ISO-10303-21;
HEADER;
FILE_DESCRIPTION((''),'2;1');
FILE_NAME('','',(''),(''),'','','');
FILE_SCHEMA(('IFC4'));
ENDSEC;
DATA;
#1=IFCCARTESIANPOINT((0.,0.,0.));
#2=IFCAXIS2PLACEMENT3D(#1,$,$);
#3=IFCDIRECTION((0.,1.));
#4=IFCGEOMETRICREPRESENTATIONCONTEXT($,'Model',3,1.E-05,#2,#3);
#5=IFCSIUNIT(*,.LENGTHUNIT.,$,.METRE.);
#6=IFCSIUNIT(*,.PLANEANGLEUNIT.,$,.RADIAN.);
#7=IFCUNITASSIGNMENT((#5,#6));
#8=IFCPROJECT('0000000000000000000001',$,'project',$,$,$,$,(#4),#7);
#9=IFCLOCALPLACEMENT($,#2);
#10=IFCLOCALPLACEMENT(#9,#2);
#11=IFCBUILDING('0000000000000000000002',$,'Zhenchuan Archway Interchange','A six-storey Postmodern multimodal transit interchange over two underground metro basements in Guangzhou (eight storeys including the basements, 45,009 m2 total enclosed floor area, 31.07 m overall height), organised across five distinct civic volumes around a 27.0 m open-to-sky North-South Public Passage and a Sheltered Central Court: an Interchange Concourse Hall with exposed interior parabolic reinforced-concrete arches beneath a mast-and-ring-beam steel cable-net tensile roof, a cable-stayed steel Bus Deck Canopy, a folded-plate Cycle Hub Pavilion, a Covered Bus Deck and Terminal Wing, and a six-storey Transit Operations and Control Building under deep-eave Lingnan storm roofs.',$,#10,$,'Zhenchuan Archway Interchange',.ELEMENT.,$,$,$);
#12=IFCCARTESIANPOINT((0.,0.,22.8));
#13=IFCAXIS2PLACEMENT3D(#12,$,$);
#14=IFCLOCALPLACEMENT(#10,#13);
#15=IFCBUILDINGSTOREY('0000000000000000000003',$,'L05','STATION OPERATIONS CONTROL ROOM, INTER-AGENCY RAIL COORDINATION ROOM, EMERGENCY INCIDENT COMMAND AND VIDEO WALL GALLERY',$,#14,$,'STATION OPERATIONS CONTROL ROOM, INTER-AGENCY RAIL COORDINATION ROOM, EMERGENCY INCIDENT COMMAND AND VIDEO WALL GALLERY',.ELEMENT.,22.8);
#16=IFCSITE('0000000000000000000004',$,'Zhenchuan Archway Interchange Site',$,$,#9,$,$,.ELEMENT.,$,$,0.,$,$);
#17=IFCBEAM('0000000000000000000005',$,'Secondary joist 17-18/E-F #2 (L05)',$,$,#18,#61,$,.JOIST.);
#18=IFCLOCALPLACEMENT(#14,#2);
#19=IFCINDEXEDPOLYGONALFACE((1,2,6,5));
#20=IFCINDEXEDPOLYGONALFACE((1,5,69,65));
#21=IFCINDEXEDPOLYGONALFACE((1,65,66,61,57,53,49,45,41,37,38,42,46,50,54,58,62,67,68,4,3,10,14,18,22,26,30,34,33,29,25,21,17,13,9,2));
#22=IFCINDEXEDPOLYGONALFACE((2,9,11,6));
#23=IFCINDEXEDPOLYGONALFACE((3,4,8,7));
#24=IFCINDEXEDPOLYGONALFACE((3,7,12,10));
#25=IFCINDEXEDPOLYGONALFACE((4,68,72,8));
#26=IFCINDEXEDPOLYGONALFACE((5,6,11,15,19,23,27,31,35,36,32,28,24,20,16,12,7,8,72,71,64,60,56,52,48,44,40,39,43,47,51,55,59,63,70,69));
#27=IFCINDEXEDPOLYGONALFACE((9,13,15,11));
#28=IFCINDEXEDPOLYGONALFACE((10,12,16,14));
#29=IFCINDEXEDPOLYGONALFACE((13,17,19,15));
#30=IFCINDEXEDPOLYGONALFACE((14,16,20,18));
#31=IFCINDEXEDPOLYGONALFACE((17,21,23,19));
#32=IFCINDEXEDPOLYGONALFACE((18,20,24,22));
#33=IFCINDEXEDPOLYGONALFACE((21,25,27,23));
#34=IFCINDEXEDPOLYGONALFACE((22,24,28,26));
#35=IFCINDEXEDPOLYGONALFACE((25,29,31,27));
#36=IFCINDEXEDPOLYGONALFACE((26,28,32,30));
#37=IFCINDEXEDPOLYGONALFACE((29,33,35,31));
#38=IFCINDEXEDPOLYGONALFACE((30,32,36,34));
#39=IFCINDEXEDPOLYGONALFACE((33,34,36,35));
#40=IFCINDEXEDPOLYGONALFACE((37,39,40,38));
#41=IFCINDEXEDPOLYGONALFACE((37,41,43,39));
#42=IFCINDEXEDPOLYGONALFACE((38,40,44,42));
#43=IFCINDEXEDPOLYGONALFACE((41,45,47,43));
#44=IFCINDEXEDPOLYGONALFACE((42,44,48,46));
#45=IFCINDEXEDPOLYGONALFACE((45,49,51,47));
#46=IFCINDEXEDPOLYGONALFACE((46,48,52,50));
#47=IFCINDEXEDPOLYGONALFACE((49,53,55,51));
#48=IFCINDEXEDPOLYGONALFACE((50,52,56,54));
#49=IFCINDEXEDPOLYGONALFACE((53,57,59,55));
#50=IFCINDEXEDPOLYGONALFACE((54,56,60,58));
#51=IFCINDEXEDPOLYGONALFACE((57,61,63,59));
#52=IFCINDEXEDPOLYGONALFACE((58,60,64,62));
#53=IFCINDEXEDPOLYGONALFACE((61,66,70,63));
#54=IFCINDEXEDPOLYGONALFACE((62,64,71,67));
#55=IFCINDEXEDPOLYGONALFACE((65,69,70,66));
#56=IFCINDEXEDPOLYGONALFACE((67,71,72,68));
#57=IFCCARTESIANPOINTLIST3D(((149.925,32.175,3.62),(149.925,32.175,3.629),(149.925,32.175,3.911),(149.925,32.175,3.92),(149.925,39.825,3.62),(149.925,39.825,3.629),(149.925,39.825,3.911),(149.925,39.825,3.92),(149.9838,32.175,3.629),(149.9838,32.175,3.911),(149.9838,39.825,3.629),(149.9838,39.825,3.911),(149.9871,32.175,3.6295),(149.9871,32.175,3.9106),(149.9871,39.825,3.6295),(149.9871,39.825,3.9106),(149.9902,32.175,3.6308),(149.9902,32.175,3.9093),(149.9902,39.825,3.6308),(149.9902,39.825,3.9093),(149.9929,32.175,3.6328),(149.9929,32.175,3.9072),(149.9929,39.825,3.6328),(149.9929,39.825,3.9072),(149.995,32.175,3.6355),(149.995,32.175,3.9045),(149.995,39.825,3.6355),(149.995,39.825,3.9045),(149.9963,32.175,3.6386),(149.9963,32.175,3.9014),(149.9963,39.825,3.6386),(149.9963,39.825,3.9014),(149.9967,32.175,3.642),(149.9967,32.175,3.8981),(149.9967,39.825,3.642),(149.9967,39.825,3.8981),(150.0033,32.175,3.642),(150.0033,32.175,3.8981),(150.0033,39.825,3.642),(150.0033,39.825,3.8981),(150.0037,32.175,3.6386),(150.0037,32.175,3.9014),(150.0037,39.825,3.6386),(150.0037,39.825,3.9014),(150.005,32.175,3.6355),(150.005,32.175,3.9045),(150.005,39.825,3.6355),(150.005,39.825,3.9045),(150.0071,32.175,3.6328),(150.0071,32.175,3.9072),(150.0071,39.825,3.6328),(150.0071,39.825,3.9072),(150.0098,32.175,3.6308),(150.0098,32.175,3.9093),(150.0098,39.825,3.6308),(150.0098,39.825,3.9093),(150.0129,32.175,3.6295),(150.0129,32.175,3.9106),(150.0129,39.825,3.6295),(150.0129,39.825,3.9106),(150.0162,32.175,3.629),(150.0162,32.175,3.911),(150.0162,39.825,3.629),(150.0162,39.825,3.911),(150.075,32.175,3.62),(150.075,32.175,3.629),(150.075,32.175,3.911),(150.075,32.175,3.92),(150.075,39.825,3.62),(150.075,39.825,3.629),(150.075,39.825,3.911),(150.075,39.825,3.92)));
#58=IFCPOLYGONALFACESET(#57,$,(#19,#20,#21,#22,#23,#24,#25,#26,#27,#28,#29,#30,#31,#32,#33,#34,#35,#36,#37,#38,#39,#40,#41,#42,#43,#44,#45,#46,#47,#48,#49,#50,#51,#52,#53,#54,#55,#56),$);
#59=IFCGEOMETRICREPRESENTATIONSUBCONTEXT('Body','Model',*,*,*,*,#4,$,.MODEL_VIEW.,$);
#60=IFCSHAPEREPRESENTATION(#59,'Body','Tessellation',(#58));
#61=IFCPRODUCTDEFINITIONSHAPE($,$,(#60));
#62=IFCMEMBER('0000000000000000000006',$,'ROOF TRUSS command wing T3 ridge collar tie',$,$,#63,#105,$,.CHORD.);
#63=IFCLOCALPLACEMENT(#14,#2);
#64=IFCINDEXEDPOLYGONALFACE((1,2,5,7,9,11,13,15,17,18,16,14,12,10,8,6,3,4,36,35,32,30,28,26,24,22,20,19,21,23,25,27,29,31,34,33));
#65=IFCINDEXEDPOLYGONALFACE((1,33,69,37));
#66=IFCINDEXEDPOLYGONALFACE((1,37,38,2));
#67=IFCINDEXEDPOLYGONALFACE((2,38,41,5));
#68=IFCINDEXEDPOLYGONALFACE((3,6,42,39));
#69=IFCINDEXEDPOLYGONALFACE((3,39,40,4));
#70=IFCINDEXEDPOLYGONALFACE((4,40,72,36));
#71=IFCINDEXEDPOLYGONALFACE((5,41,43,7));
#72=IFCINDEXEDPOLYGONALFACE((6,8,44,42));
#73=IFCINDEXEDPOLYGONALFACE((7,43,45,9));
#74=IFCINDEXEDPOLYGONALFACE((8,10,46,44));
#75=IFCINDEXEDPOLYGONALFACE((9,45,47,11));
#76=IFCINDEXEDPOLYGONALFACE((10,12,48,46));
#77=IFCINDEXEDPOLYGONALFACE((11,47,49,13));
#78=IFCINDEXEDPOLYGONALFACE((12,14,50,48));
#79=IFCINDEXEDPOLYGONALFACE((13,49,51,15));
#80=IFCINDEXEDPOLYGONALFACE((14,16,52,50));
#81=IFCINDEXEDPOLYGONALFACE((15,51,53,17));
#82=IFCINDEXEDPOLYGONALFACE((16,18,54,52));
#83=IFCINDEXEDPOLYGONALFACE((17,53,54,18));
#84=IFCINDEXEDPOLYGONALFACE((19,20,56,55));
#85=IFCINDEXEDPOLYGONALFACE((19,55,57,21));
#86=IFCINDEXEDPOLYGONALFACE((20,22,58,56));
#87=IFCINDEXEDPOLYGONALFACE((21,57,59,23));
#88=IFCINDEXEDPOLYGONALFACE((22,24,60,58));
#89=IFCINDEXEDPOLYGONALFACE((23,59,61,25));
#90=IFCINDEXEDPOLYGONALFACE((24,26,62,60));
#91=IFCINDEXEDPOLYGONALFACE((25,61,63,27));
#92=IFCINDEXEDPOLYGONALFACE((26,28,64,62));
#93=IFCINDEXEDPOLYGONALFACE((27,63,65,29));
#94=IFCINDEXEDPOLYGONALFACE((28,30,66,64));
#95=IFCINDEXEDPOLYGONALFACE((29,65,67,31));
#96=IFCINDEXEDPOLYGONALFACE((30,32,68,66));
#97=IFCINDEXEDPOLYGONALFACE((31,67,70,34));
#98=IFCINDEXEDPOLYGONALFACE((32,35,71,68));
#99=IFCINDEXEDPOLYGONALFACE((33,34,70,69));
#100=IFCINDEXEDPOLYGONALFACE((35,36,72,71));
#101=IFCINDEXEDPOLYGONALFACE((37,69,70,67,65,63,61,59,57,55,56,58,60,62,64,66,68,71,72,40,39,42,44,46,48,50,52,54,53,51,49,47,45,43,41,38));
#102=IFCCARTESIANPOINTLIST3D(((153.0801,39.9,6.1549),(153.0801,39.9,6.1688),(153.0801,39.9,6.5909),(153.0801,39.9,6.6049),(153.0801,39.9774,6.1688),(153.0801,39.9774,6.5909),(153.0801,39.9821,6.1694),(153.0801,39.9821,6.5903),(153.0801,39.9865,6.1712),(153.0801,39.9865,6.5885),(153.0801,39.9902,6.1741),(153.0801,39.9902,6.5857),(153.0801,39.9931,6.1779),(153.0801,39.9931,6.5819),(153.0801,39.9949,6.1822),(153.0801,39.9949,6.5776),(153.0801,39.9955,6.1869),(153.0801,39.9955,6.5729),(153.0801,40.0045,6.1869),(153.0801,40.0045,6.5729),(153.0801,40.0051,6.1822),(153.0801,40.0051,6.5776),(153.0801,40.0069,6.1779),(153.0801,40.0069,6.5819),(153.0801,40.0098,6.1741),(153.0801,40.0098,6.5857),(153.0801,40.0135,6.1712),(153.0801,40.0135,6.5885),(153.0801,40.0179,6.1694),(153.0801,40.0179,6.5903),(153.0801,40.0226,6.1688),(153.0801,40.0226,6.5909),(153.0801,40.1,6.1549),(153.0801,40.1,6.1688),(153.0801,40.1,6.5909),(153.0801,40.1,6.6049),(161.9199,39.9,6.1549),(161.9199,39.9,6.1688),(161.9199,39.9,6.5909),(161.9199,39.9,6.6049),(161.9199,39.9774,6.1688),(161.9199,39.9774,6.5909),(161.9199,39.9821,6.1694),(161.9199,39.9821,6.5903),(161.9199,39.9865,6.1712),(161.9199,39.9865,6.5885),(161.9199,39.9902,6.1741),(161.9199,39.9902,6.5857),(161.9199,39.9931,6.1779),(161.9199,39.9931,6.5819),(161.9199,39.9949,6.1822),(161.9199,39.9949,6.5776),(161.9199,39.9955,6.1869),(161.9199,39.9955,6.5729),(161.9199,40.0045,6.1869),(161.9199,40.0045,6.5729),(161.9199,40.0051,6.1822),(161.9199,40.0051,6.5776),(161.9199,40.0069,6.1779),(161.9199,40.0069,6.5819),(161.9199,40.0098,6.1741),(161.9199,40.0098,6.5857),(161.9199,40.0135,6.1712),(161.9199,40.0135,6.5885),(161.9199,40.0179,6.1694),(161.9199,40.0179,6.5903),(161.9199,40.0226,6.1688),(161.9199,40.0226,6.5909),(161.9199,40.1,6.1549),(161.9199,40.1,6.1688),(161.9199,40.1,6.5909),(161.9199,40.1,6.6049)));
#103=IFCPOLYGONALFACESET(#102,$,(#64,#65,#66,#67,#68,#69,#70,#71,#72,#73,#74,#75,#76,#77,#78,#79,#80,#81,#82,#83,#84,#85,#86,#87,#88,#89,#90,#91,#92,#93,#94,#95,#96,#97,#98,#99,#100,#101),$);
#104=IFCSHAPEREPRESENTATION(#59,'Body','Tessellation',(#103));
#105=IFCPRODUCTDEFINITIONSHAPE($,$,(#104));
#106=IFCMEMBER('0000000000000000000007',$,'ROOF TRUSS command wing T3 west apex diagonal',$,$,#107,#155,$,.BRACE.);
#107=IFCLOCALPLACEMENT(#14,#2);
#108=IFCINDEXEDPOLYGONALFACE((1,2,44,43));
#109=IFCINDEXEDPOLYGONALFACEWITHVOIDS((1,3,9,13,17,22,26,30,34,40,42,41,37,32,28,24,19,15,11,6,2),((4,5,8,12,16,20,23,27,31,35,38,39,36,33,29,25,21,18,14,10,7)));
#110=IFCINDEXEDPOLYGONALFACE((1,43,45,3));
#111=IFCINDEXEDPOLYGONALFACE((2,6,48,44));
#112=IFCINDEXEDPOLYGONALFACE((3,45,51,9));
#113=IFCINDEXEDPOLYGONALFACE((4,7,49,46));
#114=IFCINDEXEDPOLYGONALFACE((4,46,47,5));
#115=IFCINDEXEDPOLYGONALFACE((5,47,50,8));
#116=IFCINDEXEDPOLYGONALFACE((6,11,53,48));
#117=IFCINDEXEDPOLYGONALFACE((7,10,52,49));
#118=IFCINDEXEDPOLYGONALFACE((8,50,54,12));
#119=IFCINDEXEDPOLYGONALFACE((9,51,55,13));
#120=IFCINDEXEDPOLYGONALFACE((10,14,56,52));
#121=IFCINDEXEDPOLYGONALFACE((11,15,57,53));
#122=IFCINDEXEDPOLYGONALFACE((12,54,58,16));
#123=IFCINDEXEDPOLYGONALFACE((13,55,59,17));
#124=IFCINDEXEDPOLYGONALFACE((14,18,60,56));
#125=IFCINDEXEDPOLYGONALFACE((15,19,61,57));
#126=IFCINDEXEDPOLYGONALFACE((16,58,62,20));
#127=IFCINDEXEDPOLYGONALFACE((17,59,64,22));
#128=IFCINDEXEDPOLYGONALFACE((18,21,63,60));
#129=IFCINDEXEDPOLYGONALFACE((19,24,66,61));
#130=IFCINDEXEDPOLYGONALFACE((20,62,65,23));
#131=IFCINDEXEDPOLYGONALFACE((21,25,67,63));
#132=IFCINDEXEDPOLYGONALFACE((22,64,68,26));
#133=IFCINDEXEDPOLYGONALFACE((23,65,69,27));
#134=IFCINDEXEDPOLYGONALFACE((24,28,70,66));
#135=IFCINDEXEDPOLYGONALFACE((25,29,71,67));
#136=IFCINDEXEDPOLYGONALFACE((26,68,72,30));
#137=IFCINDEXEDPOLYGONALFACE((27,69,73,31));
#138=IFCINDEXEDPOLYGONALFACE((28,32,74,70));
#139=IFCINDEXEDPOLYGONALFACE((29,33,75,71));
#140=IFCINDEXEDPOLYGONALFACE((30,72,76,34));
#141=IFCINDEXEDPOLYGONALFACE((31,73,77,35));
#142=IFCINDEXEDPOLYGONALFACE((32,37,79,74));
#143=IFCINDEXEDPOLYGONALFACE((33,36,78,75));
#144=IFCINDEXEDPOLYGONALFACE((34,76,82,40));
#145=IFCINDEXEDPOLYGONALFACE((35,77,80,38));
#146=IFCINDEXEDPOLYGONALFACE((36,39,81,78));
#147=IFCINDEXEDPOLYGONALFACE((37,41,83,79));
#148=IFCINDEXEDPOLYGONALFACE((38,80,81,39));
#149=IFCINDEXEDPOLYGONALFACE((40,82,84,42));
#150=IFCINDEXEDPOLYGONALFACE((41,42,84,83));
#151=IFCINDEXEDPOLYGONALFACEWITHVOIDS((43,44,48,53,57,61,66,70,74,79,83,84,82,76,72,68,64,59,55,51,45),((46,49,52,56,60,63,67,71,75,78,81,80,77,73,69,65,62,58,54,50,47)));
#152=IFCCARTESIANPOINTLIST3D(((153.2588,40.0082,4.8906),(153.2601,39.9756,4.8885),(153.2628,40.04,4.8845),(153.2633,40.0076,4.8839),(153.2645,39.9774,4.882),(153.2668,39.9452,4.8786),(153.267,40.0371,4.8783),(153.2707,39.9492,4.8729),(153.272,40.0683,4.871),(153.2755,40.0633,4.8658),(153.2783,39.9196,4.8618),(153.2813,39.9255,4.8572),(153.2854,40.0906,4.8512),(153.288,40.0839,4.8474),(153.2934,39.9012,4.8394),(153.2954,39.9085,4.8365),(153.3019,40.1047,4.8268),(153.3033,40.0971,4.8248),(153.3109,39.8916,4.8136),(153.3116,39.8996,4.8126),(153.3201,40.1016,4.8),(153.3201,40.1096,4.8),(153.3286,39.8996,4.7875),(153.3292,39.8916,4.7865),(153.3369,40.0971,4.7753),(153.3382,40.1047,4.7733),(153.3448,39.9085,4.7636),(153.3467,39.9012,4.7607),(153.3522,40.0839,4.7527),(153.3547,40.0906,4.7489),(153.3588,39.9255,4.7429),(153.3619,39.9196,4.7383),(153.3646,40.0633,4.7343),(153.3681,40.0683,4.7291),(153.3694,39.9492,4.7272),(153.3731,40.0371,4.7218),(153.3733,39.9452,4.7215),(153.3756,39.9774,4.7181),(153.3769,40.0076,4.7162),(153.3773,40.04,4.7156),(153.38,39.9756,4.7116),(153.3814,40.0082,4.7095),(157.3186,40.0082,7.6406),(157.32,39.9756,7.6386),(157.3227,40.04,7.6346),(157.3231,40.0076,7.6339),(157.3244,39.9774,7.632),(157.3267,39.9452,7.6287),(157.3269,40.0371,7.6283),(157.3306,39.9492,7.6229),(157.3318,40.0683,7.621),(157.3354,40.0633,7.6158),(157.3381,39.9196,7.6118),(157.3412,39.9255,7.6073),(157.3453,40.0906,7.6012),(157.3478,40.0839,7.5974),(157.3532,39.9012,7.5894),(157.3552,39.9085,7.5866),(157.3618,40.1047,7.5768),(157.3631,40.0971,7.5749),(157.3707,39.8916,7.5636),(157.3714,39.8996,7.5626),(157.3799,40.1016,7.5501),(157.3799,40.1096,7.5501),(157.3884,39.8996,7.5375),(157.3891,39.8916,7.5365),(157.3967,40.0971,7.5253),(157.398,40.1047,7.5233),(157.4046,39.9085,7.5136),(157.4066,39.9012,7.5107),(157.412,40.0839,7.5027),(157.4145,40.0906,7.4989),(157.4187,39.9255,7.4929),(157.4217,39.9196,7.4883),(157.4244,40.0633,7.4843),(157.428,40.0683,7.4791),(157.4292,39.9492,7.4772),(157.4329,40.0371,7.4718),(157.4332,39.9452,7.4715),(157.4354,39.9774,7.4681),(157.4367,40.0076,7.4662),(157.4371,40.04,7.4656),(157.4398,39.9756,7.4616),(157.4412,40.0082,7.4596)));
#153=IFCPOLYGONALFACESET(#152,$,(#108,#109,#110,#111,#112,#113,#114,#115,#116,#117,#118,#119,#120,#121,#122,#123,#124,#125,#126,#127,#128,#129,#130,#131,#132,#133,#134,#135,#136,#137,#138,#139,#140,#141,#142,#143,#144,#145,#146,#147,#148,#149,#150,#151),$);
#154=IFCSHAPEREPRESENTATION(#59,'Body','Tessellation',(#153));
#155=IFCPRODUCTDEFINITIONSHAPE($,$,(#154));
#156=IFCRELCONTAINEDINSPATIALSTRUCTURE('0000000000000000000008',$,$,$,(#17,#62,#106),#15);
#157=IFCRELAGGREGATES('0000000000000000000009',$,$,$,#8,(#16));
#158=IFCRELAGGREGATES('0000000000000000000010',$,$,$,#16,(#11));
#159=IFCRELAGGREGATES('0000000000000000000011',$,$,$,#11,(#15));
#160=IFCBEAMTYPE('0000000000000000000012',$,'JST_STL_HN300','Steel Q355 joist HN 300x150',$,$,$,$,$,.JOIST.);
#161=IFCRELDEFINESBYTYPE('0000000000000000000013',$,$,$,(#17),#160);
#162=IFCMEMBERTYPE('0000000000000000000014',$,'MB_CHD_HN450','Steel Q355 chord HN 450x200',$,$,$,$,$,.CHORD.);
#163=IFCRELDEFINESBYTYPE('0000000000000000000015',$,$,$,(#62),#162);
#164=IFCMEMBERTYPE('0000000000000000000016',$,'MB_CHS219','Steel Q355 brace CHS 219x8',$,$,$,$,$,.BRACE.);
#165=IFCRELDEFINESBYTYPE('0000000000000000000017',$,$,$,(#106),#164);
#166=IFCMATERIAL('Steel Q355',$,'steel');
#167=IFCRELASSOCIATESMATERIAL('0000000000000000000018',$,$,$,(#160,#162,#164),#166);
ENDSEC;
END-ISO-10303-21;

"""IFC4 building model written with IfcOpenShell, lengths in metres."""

from ifc_helpers import new_model, si_unit, direction, frame, origin, origin_2d, place, context, subcontext, project, spatial, hollow_circle, i_section, extrude, material, material_profile, profile_set, type_object, element, save


model = new_model("IFC4")

# Units and contexts
model_context = context("Model", 3, precision=1e-05, world=origin(), true_north=direction((0.0, 1.0)))
body_context = subcontext(model_context, "Body", "Model", "MODEL_VIEW")
ifc_project = project(units=[si_unit("LENGTHUNIT", "METRE"), si_unit("PLANEANGLEUNIT", "RADIAN")], contexts=[model_context])

# Site, building, storey
site_placement = place(None, origin())
site = spatial("IfcSite", under=ifc_project, at=site_placement, Name="Zhenchuan Archway Interchange Site", CompositionType="ELEMENT", RefElevation=0.0)
building_placement = place(site_placement, origin())
building = spatial("IfcBuilding", under=site, at=building_placement, Name="Zhenchuan Archway Interchange", Description="A six-storey Postmodern multimodal transit interchange over two underground metro basements in Guangzhou (eight storeys including the basements, 45,009 m2 total enclosed floor area, 31.07 m overall height), organised across five distinct civic volumes around a 27.0 m open-to-sky North-South Public Passage and a Sheltered Central Court: an Interchange Concourse Hall with exposed interior parabolic reinforced-concrete arches beneath a mast-and-ring-beam steel cable-net tensile roof, a cable-stayed steel Bus Deck Canopy, a folded-plate Cycle Hub Pavilion, a Covered Bus Deck and Terminal Wing, and a six-storey Transit Operations and Control Building under deep-eave Lingnan storm roofs.", LongName="Zhenchuan Archway Interchange", CompositionType="ELEMENT")
storey_placement = place(building_placement, frame((0.0, 0.0, 22.8)))
storey = spatial("IfcBuildingStorey", under=building, at=storey_placement, Name="L05", Description="STATION OPERATIONS CONTROL ROOM, INTER-AGENCY RAIL COORDINATION ROOM, EMERGENCY INCIDENT COMMAND AND VIDEO WALL GALLERY", LongName="STATION OPERATIONS CONTROL ROOM, INTER-AGENCY RAIL COORDINATION ROOM, EMERGENCY INCIDENT COMMAND AND VIDEO WALL GALLERY", CompositionType="ELEMENT", Elevation=22.8)

# Beam
ifc_material_1 = material(Name="Steel Q355", Category="steel")
ifc_material_profile_1 = material_profile(ifc_material_1, i_section(OverallWidth=0.1499, OverallDepth=0.3, WebThickness=0.0066, FlangeThickness=0.009, FilletRadius=0.0129, at=origin_2d()), Name="HN 300x150")
ifc_profile_set_1 = profile_set([ifc_material_profile_1], Name="Steel Q355")
beam_type_1 = type_object("IfcBeamType", Name="JST_STL_HN300", Description="Steel Q355 joist HN 300x150", PredefinedType="JOIST", material=ifc_profile_set_1)
for number, where, z_axis, x_axis, name in (
    (1, (150.0, 32.175, 3.77), (0.0, 1.0, 0.0), (-1.0, 0.0, 0.0), "Secondary joist 17-18/E-F #2 (L05)"),
):
    element("IfcBeam", number, at=place(storey_placement, frame(where, z_axis=z_axis, x_axis=x_axis)), inside=storey, type_object=beam_type_1, Name=name, PredefinedType="JOIST", context=body_context, shape_type="SweptSolid", body=[
        extrude(i_section(OverallWidth=0.1499, OverallDepth=0.3, WebThickness=0.0066, FlangeThickness=0.009, FilletRadius=0.0129, at=origin_2d()), origin(), (0.0, 0.0, 1.0), 7.6499),
    ])

# Members
ifc_material_profile_2 = material_profile(ifc_material_1, i_section(OverallWidth=0.2, OverallDepth=0.45, WebThickness=0.009, FlangeThickness=0.0139, FilletRadius=0.0181, at=origin_2d()), Name="HN 450x200")
ifc_profile_set_2 = profile_set([ifc_material_profile_2], Name="Steel Q355")
member_type_1 = type_object("IfcMemberType", Name="MB_CHD_HN450", Description="Steel Q355 chord HN 450x200", PredefinedType="CHORD", material=ifc_profile_set_2)
member_1_placement = place(storey_placement, frame((153.0801, 40.0, 6.3799), z_axis=(1.0, 0.0, 0.0), x_axis=(0.0, 1.0, 0.0)))
element("IfcMember", 2, at=member_1_placement, inside=storey, type_object=member_type_1, Name="ROOF TRUSS command wing T3 ridge collar tie", PredefinedType="CHORD", context=body_context, shape_type="SweptSolid", body=[
    extrude(i_section(OverallWidth=0.2, OverallDepth=0.45, WebThickness=0.009, FlangeThickness=0.0139, FilletRadius=0.0181, at=origin_2d()), origin(), (0.0, 0.0, 1.0), 8.8398),
])
ifc_material_profile_3 = material_profile(ifc_material_1, hollow_circle(Radius=0.1096, WallThickness=0.0081, at=origin_2d()), Name="CHS 219x8")
ifc_profile_set_3 = profile_set([ifc_material_profile_3], Name="Steel Q355")
member_type_2 = type_object("IfcMemberType", Name="MB_CHS219", Description="Steel Q355 brace CHS 219x8", PredefinedType="BRACE", material=ifc_profile_set_3)
member_2_placement = place(storey_placement, frame((153.3201, 40.0, 4.8), z_axis=(0.827937, 0.0, 0.560821), x_axis=(0.0, 1.0, 0.0)))
element("IfcMember", 3, at=member_2_placement, inside=storey, type_object=member_type_2, Name="ROOF TRUSS command wing T3 west apex diagonal", PredefinedType="BRACE", context=body_context, shape_type="SweptSolid", body=[
    extrude(hollow_circle(Radius=0.1096, WallThickness=0.0081, at=origin_2d()), origin(), (0.0, 0.0, 1.0), 4.9036),
])

save(model, "model.ifc")
